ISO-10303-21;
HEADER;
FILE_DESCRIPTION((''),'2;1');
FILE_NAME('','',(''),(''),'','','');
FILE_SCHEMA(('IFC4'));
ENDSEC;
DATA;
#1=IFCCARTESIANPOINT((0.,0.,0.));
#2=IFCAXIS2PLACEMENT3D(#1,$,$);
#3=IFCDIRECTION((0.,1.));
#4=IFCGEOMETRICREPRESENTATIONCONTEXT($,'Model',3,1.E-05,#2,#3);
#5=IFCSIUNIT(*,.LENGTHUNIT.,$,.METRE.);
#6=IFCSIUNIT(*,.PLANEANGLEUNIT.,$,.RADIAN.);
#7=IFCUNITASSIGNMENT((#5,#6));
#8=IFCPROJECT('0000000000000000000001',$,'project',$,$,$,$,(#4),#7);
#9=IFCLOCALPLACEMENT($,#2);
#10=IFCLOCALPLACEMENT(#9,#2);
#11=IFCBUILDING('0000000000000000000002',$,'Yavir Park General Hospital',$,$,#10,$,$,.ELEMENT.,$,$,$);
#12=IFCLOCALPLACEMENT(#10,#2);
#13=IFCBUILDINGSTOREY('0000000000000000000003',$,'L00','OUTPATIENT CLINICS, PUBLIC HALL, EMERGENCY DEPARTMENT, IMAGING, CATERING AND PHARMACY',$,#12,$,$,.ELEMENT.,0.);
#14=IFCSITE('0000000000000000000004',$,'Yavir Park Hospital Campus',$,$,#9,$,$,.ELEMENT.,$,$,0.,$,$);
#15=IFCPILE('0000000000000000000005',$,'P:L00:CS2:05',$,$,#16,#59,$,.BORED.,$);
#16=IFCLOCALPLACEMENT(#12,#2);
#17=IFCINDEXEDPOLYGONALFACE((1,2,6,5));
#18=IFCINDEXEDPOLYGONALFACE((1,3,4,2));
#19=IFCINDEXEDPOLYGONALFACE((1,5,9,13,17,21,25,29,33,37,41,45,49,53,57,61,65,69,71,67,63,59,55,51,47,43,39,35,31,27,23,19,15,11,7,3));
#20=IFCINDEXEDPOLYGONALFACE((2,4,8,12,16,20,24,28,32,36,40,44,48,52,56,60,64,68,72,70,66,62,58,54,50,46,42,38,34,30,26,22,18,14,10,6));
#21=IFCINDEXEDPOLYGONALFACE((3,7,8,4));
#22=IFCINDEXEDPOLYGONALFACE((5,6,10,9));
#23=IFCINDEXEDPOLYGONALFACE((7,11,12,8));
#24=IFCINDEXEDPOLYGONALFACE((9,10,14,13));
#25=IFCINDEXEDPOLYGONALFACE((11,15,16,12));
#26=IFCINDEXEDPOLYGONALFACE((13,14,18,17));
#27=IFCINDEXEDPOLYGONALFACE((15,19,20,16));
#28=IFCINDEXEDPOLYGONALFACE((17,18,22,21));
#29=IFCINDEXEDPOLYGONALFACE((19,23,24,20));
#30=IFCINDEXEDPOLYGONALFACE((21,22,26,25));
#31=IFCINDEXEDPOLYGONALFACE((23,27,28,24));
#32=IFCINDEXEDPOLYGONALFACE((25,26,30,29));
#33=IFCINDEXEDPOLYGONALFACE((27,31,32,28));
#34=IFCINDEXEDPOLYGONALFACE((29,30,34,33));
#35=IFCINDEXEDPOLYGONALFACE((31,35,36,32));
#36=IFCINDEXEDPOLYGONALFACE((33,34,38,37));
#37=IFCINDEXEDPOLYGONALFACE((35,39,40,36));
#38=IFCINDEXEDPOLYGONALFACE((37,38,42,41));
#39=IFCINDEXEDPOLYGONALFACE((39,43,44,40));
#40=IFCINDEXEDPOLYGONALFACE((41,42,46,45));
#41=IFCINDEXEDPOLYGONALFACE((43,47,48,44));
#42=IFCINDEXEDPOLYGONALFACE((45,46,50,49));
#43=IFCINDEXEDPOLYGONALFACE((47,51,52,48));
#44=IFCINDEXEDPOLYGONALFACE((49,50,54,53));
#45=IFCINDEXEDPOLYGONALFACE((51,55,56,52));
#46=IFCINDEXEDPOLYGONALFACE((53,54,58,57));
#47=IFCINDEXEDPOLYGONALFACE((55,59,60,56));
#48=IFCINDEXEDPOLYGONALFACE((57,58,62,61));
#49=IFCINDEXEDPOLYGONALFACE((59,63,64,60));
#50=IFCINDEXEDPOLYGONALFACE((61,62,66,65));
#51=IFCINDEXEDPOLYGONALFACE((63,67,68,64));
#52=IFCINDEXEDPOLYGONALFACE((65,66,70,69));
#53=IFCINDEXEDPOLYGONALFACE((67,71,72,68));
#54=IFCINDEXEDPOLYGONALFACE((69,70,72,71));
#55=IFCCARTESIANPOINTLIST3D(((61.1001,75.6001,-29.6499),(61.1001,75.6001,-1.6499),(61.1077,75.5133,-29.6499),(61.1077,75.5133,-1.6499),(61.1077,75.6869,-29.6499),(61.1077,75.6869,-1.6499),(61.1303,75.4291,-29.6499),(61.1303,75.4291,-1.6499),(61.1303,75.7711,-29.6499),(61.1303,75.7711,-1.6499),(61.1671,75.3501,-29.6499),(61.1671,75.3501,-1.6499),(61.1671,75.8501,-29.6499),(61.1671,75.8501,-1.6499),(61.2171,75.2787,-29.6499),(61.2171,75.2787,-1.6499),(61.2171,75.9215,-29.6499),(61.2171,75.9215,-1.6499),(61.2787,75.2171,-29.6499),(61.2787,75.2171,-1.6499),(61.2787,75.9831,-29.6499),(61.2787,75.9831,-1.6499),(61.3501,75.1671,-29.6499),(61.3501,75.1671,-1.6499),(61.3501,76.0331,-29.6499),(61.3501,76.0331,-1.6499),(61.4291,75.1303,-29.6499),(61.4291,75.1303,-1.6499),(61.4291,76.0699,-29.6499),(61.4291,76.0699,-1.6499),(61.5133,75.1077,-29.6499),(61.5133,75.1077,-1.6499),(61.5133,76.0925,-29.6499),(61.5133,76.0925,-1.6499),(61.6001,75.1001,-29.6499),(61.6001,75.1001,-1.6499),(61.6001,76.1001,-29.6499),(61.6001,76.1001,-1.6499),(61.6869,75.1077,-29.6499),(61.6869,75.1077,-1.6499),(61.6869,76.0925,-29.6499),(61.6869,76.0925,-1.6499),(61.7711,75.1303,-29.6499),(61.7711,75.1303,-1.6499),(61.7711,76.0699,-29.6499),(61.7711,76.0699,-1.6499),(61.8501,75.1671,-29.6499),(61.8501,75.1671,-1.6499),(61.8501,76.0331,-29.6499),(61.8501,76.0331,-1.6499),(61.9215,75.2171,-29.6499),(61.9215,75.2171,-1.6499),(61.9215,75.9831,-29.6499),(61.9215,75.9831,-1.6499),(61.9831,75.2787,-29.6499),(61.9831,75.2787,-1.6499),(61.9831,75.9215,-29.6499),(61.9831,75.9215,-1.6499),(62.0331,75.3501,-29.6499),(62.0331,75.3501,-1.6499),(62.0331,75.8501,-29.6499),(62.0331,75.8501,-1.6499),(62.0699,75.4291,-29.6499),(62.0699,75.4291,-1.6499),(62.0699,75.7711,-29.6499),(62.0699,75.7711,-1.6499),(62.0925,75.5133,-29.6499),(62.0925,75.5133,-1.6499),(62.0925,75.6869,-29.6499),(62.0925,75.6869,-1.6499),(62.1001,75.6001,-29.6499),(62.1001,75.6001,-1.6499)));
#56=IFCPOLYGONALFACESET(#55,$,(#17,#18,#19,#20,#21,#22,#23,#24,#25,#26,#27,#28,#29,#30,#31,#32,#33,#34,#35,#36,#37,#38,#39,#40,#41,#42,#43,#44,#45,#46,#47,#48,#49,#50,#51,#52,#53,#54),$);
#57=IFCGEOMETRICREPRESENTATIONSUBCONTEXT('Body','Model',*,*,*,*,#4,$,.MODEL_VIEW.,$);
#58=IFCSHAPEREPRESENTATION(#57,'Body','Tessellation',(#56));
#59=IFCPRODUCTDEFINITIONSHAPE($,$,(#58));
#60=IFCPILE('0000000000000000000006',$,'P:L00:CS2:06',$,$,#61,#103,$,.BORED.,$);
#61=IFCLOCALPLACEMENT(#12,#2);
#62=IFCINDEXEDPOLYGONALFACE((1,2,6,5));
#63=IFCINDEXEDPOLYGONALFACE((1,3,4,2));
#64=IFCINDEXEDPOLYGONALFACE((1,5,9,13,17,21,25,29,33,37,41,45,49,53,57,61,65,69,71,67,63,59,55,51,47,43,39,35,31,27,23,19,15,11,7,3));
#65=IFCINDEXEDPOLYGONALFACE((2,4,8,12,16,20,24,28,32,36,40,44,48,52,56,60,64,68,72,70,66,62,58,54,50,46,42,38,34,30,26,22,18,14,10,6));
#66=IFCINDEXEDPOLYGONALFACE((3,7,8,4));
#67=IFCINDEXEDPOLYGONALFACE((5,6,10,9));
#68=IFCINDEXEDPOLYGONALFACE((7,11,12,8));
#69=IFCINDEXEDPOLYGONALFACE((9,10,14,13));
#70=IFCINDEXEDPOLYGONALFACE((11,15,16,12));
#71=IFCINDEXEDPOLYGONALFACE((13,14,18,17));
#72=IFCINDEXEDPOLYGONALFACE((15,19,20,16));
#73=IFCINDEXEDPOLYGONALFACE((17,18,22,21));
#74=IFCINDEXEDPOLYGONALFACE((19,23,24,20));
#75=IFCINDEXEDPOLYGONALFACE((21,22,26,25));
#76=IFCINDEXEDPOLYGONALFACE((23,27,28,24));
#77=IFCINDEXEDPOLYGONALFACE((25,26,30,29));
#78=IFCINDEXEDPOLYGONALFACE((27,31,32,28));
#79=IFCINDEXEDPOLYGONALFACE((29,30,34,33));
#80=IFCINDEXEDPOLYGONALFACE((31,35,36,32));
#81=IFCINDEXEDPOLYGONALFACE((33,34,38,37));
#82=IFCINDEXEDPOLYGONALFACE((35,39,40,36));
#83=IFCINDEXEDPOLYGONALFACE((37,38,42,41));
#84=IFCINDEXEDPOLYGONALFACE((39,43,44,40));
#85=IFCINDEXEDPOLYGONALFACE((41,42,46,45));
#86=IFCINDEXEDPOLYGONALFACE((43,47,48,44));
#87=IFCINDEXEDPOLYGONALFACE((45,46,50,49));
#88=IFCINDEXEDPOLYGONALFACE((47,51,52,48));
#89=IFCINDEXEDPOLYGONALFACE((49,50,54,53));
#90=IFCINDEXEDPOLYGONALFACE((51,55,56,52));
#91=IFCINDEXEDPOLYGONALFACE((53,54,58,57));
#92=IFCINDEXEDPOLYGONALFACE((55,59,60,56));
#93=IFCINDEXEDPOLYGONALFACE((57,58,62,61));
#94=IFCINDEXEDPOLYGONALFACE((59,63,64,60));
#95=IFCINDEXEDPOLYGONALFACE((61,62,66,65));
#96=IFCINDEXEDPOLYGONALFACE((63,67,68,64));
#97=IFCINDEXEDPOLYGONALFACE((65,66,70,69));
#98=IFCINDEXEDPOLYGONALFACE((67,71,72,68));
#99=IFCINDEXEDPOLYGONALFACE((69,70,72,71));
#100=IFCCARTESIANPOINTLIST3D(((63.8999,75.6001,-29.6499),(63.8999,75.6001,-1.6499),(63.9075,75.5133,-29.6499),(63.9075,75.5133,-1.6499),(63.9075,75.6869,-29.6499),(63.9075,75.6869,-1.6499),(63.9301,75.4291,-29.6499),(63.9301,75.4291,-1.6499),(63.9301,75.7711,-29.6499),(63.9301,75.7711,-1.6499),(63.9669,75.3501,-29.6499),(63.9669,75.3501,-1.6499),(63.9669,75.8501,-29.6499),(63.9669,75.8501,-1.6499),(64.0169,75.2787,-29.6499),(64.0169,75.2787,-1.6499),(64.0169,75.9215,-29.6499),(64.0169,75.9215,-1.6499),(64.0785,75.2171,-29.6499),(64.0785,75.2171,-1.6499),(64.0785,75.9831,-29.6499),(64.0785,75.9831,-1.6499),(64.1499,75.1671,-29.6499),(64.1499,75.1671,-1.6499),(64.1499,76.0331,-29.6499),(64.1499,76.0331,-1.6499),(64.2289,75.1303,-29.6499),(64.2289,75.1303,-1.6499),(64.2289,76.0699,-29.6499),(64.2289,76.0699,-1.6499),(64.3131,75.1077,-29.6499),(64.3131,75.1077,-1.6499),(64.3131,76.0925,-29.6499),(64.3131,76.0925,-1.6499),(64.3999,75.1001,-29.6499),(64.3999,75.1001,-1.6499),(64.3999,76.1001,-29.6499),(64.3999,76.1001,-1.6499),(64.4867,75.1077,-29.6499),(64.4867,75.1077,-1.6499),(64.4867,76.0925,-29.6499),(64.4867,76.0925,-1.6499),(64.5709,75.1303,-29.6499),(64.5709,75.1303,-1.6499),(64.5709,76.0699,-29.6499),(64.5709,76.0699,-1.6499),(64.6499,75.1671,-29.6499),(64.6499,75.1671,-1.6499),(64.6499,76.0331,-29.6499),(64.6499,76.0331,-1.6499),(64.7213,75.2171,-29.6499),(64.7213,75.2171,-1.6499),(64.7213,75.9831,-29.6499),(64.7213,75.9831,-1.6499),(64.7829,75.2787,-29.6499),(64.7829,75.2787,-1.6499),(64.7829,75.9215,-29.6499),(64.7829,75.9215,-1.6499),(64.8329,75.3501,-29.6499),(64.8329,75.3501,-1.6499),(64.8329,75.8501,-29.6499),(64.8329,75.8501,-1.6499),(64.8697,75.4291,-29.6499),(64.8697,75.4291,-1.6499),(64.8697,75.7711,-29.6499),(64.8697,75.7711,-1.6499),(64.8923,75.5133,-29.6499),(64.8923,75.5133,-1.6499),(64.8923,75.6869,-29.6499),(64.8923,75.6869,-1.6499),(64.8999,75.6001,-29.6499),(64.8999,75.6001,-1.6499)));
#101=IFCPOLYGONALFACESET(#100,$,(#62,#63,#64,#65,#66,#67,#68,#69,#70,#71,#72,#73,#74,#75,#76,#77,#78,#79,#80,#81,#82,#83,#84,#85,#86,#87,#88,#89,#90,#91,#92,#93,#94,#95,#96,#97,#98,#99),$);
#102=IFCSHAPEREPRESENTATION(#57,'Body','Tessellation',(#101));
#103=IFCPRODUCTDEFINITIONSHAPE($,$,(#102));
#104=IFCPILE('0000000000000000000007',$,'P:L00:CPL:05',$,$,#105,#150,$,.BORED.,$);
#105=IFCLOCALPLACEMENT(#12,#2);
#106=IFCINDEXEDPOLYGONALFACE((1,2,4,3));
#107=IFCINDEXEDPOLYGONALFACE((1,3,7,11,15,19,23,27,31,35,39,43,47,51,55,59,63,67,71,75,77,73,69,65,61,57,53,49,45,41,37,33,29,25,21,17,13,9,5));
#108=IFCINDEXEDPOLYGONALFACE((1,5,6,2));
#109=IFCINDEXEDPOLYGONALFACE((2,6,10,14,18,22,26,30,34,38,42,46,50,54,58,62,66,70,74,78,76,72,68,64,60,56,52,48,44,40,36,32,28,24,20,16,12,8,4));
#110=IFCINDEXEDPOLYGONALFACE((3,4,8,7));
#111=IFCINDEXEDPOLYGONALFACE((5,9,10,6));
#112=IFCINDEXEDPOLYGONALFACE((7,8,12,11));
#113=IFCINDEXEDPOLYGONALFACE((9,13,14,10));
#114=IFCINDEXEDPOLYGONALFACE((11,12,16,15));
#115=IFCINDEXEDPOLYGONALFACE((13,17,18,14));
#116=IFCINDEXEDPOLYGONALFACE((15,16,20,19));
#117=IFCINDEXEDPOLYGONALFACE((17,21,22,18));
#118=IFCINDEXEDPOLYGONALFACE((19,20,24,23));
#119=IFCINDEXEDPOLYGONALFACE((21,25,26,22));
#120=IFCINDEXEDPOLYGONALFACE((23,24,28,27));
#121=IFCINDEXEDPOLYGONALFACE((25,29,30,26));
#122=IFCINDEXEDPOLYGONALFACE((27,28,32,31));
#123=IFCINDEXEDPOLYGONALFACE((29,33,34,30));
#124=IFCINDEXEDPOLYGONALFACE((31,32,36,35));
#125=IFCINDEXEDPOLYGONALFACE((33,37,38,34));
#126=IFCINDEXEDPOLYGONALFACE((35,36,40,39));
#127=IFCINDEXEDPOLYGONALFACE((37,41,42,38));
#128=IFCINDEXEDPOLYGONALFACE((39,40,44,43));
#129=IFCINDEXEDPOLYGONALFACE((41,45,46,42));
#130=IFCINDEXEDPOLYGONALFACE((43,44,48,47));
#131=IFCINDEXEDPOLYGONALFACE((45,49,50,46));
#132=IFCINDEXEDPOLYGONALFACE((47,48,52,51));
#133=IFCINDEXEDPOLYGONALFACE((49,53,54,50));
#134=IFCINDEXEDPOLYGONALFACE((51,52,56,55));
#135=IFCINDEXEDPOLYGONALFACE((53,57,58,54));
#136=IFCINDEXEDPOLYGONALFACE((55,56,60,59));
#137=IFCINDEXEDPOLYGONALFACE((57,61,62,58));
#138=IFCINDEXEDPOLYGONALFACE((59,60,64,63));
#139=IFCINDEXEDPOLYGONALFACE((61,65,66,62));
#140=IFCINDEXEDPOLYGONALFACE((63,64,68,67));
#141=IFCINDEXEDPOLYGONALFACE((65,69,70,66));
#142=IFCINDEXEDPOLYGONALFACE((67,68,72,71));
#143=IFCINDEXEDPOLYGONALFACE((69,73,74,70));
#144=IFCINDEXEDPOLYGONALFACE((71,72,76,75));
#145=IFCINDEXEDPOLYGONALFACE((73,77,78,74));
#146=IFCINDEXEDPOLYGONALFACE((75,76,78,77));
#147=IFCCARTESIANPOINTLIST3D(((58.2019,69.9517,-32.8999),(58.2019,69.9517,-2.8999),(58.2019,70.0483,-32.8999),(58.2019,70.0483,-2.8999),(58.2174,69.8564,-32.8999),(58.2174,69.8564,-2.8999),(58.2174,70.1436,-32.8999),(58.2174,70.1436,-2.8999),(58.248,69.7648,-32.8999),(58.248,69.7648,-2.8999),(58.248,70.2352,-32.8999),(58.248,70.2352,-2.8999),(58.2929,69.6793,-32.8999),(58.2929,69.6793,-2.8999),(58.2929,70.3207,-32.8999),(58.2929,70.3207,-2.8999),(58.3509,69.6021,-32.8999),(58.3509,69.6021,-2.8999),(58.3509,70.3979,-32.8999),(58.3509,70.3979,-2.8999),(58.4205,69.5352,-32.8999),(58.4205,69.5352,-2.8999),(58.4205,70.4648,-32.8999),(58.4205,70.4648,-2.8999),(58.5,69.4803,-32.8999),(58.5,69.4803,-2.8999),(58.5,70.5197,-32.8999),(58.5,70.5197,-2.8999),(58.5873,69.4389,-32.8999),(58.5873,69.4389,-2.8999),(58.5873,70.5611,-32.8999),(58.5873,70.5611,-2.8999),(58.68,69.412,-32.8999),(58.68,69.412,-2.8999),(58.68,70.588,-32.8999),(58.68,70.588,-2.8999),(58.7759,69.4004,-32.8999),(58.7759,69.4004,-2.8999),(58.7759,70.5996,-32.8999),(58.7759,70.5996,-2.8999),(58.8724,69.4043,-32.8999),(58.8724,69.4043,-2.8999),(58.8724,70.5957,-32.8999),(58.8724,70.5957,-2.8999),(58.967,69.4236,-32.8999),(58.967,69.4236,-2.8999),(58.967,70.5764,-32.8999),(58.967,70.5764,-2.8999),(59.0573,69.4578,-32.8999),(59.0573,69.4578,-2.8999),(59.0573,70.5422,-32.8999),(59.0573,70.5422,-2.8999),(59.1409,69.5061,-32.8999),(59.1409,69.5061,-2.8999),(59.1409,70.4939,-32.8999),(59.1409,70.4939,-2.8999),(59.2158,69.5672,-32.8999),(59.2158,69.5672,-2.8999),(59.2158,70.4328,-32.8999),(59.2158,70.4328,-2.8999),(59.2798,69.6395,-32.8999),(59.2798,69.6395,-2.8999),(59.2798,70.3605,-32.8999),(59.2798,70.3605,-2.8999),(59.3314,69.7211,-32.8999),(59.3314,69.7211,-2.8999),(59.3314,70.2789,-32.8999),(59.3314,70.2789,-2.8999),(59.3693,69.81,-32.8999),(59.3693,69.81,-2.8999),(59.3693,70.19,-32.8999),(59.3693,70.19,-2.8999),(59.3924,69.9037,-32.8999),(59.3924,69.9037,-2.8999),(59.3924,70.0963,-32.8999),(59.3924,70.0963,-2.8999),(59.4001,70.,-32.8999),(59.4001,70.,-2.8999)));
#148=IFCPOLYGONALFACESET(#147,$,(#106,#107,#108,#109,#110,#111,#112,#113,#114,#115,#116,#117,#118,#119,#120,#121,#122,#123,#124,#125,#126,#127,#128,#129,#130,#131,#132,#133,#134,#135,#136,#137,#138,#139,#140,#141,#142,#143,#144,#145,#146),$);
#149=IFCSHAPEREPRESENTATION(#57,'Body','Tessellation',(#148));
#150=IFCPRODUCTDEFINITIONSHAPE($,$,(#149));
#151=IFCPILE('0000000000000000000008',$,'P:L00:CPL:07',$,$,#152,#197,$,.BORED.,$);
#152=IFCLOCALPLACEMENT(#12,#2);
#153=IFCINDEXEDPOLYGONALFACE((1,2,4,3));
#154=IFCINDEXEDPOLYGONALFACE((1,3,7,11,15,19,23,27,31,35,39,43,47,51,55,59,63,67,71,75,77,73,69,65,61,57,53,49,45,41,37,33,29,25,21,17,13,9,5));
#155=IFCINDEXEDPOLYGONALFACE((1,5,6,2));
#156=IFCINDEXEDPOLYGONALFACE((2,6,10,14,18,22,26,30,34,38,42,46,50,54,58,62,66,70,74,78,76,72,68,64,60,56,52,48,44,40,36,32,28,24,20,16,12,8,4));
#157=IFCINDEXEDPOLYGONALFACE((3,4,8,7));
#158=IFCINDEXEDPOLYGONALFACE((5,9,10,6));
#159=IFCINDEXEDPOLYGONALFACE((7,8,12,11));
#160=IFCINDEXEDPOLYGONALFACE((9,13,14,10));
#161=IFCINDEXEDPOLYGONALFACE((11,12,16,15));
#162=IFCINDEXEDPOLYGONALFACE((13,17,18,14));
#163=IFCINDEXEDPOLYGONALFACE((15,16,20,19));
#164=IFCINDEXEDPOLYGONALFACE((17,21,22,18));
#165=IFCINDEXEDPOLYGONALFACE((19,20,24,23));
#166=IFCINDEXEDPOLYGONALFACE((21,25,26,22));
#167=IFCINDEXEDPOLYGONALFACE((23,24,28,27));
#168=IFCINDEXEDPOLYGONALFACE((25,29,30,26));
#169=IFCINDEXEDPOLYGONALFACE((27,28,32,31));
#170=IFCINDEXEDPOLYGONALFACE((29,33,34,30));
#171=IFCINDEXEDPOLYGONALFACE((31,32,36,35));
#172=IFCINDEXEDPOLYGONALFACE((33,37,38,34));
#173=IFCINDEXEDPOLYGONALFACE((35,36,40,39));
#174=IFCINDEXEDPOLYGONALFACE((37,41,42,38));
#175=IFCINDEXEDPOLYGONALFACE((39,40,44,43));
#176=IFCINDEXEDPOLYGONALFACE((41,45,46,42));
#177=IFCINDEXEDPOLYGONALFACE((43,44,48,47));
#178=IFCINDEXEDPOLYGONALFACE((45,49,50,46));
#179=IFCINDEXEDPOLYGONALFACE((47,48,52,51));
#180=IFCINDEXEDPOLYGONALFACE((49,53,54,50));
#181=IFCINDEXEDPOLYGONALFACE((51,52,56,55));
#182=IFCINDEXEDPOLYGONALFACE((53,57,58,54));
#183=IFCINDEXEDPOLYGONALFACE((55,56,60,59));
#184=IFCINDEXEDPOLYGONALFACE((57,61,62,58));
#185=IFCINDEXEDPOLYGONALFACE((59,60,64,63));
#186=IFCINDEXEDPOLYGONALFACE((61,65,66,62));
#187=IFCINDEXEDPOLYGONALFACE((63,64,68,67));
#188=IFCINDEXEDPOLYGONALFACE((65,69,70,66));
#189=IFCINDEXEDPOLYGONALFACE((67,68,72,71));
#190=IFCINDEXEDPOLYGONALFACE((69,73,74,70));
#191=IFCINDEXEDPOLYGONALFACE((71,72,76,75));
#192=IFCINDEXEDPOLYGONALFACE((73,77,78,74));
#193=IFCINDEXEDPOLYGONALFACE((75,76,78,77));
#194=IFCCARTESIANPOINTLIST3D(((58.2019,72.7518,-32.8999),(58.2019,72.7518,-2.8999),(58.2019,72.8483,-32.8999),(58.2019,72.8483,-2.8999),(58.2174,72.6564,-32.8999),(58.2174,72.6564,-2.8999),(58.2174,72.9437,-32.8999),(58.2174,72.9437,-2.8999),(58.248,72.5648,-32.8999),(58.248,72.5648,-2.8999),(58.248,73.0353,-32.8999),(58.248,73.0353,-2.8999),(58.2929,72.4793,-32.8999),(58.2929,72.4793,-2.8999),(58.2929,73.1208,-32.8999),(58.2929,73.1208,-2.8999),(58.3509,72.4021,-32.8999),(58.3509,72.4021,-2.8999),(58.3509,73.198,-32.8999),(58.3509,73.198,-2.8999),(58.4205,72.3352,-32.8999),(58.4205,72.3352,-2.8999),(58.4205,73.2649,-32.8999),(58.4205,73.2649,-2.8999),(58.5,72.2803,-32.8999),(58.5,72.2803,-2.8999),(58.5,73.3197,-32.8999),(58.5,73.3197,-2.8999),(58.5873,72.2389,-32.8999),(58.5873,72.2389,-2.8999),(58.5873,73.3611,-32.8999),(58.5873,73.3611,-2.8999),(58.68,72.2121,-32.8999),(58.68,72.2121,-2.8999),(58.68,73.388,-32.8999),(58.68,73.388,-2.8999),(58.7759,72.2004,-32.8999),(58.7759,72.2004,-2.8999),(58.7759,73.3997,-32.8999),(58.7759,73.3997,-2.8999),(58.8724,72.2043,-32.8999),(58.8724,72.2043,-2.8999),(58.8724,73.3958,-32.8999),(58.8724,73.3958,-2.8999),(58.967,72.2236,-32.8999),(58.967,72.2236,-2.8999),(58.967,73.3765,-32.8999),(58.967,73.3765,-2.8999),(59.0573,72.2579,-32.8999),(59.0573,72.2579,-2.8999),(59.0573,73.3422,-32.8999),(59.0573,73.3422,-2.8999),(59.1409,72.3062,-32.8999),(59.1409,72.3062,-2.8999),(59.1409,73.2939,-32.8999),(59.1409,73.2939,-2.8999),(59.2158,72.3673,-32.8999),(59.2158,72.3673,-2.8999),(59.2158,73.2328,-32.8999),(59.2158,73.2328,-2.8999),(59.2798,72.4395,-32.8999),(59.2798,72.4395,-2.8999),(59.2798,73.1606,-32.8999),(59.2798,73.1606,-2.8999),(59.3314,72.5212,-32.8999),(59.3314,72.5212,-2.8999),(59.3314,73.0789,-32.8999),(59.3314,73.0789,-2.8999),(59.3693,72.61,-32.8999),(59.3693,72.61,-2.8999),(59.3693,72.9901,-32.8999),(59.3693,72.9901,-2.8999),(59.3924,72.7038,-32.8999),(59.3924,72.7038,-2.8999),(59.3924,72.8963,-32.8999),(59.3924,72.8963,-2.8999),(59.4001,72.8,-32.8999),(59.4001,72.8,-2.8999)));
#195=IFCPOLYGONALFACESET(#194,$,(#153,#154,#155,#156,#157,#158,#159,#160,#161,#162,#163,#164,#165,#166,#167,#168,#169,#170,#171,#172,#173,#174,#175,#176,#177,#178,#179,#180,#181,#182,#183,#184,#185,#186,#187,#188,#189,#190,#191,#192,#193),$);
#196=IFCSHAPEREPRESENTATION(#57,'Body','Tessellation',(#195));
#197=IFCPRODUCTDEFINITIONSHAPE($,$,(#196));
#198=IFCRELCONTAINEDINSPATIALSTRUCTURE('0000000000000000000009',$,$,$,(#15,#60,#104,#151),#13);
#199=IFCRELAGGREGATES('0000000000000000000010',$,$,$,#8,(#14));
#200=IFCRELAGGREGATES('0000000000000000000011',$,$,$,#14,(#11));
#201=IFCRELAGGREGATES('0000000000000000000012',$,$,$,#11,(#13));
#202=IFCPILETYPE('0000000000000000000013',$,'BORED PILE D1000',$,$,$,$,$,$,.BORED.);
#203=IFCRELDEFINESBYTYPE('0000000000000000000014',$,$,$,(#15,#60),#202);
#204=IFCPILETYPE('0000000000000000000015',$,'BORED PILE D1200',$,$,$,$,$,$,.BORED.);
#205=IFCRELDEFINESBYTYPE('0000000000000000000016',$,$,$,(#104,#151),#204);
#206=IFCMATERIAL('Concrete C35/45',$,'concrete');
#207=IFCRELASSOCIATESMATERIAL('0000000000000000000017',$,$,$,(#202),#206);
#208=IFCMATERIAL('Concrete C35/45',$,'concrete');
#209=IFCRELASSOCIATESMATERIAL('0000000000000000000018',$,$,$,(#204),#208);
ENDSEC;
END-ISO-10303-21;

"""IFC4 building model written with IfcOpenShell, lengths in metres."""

from ifc_helpers import new_model, si_unit, direction, frame, origin, origin_2d, place, context, subcontext, project, spatial, circle, extrude, material, material_profile, profile_set, type_object, element, save


model = new_model("IFC4")

# Units and contexts
model_context = context("Model", 3, precision=1e-05, world=origin(), true_north=direction((0.0, 1.0)))
body_context = subcontext(model_context, "Body", "Model", "MODEL_VIEW")
ifc_project = project(units=[si_unit("LENGTHUNIT", "METRE"), si_unit("PLANEANGLEUNIT", "RADIAN")], contexts=[model_context])

# Site, building, storey
site_placement = place(None, origin())
site = spatial("IfcSite", under=ifc_project, at=site_placement, Name="Yavir Park Hospital Campus", CompositionType="ELEMENT", RefElevation=0.0)
building_placement = place(site_placement, origin())
building = spatial("IfcBuilding", under=site, at=building_placement, Name="Yavir Park General Hospital", CompositionType="ELEMENT")
storey_placement = place(building_placement, origin())
storey = spatial("IfcBuildingStorey", under=building, at=storey_placement, Name="L00", Description="OUTPATIENT CLINICS, PUBLIC HALL, EMERGENCY DEPARTMENT, IMAGING, CATERING AND PHARMACY", CompositionType="ELEMENT", Elevation=0.0)

# Piles
ifc_material_1 = material(Name="Concrete C35/45", Category="concrete")
ifc_material_profile_1 = material_profile(ifc_material_1, circle(Radius=0.5, at=origin_2d()), Name="D1000")
ifc_profile_set_1 = profile_set([ifc_material_profile_1], Name="Concrete C35/45")
pile_type_1 = type_object("IfcPileType", Name="BORED PILE D1000", PredefinedType="BORED", material=ifc_profile_set_1)
for number, where, z_axis, x_axis, name in (
    (1, (61.6001, 75.6001, -1.6499), (0.0, 0.0, -1.0), (1.0, 0.0, 0.0), "P:L00:CS2:05"),
    (2, (64.3999, 75.6001, -1.6499), (0.0, 0.0, -1.0), (1.0, 0.0, 0.0), "P:L00:CS2:06"),
):
    element("IfcPile", number, at=place(storey_placement, frame(where, z_axis=z_axis, x_axis=x_axis)), inside=storey, type_object=pile_type_1, Name=name, PredefinedType="BORED", context=body_context, shape_type="SweptSolid", body=[
        extrude(circle(Radius=0.5, at=origin_2d()), origin(), (0.0, 0.0, 1.0), 28.0),
    ])
ifc_material_2 = material(Name="Concrete C35/45", Category="concrete")
ifc_material_profile_2 = material_profile(ifc_material_2, circle(Radius=0.6001, at=origin_2d()), Name="D1200")
ifc_profile_set_2 = profile_set([ifc_material_profile_2], Name="Concrete C35/45")
pile_type_2 = type_object("IfcPileType", Name="BORED PILE D1200", PredefinedType="BORED", material=ifc_profile_set_2)
for number, where, z_axis, x_axis, name in (
    (3, (58.8, 70.0, -2.8999), (0.0, 0.0, -1.0), (1.0, 0.0, 0.0), "P:L00:CPL:05"),
    (4, (58.8, 72.8, -2.8999), (0.0, 0.0, -1.0), (1.0, 0.0, 0.0), "P:L00:CPL:07"),
):
    element("IfcPile", number, at=place(storey_placement, frame(where, z_axis=z_axis, x_axis=x_axis)), inside=storey, type_object=pile_type_2, Name=name, PredefinedType="BORED", context=body_context, shape_type="SweptSolid", body=[
        extrude(circle(Radius=0.6001, at=origin_2d()), origin(), (0.0, 0.0, 1.0), 30.0),
    ])

save(model, "model.ifc")
